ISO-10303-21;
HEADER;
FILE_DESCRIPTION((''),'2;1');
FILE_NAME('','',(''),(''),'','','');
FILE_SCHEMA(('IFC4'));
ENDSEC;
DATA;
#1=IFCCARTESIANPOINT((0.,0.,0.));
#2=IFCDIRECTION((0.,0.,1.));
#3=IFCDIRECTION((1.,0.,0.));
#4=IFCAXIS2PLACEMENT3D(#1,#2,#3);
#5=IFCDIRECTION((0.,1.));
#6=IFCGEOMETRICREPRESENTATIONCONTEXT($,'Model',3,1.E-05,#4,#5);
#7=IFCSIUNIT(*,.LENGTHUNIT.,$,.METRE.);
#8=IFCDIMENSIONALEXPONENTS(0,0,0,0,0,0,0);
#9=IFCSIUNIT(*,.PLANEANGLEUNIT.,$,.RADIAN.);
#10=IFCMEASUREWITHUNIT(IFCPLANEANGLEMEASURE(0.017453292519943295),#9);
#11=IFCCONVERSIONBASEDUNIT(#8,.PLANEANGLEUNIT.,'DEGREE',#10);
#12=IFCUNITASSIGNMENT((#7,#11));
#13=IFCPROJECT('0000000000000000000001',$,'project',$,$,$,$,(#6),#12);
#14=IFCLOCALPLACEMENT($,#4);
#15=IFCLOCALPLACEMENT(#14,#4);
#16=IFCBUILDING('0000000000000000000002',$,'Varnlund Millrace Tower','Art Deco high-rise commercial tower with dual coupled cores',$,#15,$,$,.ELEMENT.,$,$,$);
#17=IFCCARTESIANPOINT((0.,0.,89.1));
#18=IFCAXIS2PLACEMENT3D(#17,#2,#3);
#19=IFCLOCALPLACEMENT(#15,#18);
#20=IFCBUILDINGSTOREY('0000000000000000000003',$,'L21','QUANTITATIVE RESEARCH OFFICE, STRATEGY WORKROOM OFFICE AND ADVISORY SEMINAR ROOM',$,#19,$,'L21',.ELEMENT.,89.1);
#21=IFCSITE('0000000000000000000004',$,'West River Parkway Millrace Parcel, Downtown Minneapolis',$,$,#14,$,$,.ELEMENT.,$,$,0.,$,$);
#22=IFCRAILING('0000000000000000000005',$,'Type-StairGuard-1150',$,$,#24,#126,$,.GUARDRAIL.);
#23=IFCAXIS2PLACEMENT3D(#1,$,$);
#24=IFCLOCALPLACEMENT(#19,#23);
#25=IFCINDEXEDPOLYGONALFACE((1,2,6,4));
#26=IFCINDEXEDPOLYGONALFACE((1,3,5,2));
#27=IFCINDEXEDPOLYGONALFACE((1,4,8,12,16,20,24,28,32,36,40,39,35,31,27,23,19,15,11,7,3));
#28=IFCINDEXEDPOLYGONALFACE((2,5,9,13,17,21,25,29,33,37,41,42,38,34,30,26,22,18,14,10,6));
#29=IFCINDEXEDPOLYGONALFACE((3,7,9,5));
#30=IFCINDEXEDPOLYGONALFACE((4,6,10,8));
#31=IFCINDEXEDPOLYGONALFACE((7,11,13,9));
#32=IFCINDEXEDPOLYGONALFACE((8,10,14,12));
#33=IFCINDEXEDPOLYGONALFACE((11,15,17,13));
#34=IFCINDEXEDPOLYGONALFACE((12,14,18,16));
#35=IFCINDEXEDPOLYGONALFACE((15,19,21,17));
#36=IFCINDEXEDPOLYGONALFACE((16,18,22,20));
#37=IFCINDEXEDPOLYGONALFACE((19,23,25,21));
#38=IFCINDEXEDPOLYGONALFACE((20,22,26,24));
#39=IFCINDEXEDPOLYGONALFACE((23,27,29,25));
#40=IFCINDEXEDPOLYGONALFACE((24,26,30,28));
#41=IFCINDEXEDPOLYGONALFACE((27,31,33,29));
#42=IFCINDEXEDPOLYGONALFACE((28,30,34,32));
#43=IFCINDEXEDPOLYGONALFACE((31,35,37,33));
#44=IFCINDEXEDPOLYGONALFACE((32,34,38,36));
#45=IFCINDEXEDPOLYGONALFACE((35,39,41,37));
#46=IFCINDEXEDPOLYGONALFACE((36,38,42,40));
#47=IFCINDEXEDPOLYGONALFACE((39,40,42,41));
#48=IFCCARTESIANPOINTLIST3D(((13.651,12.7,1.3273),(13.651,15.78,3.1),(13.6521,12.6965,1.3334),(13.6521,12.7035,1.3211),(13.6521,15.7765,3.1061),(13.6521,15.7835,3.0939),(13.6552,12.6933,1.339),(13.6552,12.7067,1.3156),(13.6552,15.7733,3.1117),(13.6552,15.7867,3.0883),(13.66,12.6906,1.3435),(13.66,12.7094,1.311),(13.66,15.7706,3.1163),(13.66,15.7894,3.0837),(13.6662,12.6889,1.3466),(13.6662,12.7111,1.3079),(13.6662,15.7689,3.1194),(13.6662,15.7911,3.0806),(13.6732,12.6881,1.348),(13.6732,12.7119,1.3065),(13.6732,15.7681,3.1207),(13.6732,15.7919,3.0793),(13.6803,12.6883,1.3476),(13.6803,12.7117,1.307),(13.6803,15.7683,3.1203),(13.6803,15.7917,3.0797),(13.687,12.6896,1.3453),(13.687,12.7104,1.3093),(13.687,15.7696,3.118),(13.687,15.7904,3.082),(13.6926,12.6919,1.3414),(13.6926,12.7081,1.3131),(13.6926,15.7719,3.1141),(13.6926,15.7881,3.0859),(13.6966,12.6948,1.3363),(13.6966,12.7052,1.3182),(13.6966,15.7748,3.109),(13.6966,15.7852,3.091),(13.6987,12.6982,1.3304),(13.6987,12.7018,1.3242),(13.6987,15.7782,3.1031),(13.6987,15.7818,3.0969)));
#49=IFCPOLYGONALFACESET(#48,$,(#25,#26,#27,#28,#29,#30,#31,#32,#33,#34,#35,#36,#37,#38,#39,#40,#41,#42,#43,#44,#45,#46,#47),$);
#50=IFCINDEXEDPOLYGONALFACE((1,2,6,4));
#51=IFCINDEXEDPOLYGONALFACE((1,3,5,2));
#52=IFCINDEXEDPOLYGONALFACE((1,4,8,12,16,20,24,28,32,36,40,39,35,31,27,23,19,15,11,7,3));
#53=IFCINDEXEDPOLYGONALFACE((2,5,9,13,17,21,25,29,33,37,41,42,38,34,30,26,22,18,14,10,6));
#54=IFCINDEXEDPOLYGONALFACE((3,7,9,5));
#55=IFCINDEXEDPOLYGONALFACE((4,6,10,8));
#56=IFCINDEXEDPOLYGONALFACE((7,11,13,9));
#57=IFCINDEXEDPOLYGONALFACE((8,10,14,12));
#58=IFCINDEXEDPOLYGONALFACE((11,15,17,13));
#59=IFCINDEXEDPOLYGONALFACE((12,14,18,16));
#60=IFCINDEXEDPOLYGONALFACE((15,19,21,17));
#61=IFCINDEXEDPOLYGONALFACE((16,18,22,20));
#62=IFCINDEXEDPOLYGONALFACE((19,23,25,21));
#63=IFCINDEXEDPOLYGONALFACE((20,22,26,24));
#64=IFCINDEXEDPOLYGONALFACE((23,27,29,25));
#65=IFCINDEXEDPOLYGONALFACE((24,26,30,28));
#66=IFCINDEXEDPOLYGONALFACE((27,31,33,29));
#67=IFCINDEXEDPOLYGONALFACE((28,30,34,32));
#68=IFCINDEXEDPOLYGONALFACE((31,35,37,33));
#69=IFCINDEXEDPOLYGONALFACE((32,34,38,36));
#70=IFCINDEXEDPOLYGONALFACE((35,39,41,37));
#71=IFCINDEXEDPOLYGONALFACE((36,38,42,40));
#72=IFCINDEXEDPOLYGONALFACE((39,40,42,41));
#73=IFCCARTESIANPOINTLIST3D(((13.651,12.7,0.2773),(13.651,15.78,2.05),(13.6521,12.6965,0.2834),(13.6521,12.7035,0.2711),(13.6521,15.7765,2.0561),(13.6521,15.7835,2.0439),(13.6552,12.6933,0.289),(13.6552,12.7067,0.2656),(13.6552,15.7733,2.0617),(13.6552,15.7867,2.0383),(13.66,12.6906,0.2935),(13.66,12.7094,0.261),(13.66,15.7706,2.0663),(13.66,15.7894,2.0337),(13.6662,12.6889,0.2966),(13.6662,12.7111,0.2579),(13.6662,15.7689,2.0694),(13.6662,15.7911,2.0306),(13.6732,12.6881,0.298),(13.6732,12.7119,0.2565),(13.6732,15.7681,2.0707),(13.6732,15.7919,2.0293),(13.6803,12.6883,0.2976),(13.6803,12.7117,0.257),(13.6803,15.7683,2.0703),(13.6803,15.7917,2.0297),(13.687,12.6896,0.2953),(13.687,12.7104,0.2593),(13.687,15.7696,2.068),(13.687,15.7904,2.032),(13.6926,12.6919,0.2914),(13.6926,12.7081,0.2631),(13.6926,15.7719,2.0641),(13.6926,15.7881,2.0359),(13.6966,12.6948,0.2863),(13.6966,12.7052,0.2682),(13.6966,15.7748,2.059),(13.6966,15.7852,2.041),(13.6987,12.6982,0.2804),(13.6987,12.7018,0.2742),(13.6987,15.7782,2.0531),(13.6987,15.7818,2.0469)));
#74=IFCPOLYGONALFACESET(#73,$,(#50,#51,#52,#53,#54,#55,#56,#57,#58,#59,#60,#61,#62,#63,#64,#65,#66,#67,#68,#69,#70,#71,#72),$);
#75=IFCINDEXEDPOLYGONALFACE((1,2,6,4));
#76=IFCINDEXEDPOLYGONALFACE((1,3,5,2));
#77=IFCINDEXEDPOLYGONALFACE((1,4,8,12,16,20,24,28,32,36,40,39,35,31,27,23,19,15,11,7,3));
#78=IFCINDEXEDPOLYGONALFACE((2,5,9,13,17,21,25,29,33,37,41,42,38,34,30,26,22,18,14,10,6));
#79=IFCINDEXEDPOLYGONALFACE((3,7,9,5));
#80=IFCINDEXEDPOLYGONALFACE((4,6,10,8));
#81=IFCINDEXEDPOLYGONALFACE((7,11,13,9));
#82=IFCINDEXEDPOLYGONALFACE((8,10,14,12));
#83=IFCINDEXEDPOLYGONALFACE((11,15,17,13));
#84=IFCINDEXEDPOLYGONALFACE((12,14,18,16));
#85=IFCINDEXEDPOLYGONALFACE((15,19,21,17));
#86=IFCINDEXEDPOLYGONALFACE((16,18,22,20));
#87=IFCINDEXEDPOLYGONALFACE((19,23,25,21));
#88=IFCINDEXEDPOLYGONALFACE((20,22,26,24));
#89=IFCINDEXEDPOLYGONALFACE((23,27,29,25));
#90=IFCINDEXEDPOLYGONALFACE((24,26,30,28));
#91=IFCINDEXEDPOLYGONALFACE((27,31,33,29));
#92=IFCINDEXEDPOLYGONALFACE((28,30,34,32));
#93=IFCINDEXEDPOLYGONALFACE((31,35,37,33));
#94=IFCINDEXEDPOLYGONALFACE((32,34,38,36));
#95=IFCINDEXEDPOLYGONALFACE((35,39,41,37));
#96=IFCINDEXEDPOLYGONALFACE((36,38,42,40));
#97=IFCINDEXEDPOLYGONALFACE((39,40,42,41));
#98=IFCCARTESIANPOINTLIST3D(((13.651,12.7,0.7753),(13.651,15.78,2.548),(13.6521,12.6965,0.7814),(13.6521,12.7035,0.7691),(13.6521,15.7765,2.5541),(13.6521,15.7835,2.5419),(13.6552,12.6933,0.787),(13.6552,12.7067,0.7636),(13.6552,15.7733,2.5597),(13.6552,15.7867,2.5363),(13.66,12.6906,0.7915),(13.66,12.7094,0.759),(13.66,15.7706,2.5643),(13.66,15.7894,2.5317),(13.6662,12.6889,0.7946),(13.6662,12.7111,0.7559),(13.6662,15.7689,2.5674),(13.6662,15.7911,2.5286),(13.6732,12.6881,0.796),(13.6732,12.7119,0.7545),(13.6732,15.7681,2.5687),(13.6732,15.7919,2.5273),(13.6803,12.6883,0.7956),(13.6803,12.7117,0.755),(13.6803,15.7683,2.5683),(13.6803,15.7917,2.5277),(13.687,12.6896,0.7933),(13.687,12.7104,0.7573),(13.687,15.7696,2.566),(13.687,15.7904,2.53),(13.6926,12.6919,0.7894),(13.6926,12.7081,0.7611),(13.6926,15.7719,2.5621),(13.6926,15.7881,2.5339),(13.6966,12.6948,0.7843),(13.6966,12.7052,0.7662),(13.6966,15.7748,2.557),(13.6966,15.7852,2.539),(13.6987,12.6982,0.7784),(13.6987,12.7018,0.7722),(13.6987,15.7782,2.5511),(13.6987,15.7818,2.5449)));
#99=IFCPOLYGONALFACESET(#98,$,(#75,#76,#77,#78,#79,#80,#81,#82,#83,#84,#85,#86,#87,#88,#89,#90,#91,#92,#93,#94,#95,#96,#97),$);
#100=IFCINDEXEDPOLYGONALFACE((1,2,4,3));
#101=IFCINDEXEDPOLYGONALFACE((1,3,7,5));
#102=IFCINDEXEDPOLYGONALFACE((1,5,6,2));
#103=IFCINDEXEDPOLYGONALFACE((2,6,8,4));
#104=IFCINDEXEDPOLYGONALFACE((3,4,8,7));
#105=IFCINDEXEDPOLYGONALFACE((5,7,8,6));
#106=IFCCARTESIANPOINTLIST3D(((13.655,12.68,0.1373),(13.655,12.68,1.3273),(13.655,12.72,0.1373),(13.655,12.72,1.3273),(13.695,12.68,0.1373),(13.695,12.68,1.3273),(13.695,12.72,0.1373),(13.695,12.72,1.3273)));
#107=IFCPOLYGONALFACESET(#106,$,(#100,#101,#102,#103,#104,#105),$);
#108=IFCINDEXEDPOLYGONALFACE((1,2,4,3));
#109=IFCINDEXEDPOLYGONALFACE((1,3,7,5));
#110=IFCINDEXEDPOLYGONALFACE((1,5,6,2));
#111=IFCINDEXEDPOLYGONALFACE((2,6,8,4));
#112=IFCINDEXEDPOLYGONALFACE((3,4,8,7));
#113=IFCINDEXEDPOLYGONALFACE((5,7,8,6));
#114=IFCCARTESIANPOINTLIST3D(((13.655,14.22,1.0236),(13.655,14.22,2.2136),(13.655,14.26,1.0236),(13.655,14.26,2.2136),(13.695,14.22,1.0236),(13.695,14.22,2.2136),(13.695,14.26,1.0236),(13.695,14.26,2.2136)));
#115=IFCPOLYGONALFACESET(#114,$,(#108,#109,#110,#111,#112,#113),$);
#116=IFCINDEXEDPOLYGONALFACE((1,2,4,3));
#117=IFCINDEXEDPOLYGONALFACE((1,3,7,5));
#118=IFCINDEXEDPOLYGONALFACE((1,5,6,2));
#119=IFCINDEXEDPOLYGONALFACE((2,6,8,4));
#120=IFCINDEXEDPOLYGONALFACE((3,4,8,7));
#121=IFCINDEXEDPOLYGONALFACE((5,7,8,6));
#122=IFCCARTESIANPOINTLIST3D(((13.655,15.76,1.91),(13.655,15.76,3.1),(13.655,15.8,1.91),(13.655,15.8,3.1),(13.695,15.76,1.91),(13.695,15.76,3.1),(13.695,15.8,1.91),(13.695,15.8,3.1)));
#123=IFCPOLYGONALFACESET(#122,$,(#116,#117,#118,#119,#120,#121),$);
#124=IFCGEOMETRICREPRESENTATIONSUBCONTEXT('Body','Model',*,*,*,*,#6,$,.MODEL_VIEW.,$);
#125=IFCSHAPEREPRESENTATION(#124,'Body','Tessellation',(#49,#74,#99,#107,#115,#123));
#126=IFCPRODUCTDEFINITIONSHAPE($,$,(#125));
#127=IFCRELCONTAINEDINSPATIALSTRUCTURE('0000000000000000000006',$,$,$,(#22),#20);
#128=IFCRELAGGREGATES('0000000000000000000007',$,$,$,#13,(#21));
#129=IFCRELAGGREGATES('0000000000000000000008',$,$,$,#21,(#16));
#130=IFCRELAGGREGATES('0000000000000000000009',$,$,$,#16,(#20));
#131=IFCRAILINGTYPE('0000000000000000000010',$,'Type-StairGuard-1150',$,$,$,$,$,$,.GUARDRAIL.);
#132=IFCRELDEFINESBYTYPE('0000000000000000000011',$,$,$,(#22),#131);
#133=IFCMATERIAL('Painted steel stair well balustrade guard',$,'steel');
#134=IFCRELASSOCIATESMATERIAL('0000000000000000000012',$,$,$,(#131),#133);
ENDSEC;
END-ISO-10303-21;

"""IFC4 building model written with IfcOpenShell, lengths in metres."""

from ifc_helpers import new_model, entity, si_unit, converted_unit, direction, frame, origin_with_axes, origin_2d_with_axis, place, context, subcontext, project, spatial, rectangle, circle, extrude, material, type_object, element, save


model = new_model("IFC4")

# Units and contexts
model_context = context("Model", 3, precision=1e-05, world=origin_with_axes(), true_north=direction((0.0, 1.0)))
body_context = subcontext(model_context, "Body", "Model", "MODEL_VIEW")
ifc_project = project(units=[si_unit("LENGTHUNIT", "METRE"), converted_unit("PLANEANGLEUNIT", "DEGREE", entity("IfcPlaneAngleMeasure", 0.017453292519943295), si_unit("PLANEANGLEUNIT", "RADIAN"), dimensions=[0, 0, 0, 0, 0, 0, 0])], contexts=[model_context])

# Site, building, storey
site_placement = place(None, origin_with_axes())
site = spatial("IfcSite", under=ifc_project, at=site_placement, Name="West River Parkway Millrace Parcel, Downtown Minneapolis", CompositionType="ELEMENT", RefElevation=0.0)
building_placement = place(site_placement, origin_with_axes())
building = spatial("IfcBuilding", under=site, at=building_placement, Name="Varnlund Millrace Tower", Description="Art Deco high-rise commercial tower with dual coupled cores", CompositionType="ELEMENT")
storey_placement = place(building_placement, frame((0.0, 0.0, 89.1), z_axis=(0.0, 0.0, 1.0), x_axis=(1.0, 0.0, 0.0)))
storey = spatial("IfcBuildingStorey", under=building, at=storey_placement, Name="L21", Description="QUANTITATIVE RESEARCH OFFICE, STRATEGY WORKROOM OFFICE AND ADVISORY SEMINAR ROOM", LongName="L21", CompositionType="ELEMENT", Elevation=89.1)

# Railing
ifc_material_1 = material(Name="Painted steel stair well balustrade guard", Category="steel")
railing_type_1 = type_object("IfcRailingType", Name="Type-StairGuard-1150", PredefinedType="GUARDRAIL", material=ifc_material_1)
railing_1_placement = place(storey_placement, frame((0.0, 0.0, -89.1), z_axis=(0.0, 0.0, 1.0), x_axis=(1.0, 0.0, 0.0)))
element("IfcRailing", 1, at=railing_1_placement, inside=storey, type_object=railing_type_1, Name="Type-StairGuard-1150", PredefinedType="GUARDRAIL", context=body_context, shape_type="SweptSolid", body=[
    extrude(circle(Radius=0.024, at=origin_2d_with_axis()), frame((13.675, 12.7, 90.4273), z_axis=(0.0, 0.866696, 0.498836), x_axis=(-1.0, 0.0, 0.0)), (0.0, 0.0, 1.0), 3.5537),
    extrude(circle(Radius=0.024, at=origin_2d_with_axis()), frame((13.675, 12.7, 89.3773), z_axis=(0.0, 0.866696, 0.498836), x_axis=(-1.0, 0.0, 0.0)), (0.0, 0.0, 1.0), 3.5537),
    extrude(circle(Radius=0.024, at=origin_2d_with_axis()), frame((13.675, 12.7, 89.8753), z_axis=(0.0, 0.866696, 0.498836), x_axis=(-1.0, 0.0, 0.0)), (0.0, 0.0, 1.0), 3.5537),
    extrude(rectangle(XDim=0.04, YDim=0.04, at=origin_2d_with_axis()), frame((13.675, 12.7, 89.2373), z_axis=(0.0, 0.0, 1.0), x_axis=(1.0, 0.0, 0.0)), (0.0, 0.0, 1.0), 1.19),
    extrude(rectangle(XDim=0.04, YDim=0.04, at=origin_2d_with_axis()), frame((13.675, 14.24, 90.1236), z_axis=(0.0, 0.0, 1.0), x_axis=(1.0, 0.0, 0.0)), (0.0, 0.0, 1.0), 1.19),
    extrude(rectangle(XDim=0.04, YDim=0.04, at=origin_2d_with_axis()), frame((13.675, 15.78, 91.01), z_axis=(0.0, 0.0, 1.0), x_axis=(1.0, 0.0, 0.0)), (0.0, 0.0, 1.0), 1.19),
])

save(model, "model.ifc")
